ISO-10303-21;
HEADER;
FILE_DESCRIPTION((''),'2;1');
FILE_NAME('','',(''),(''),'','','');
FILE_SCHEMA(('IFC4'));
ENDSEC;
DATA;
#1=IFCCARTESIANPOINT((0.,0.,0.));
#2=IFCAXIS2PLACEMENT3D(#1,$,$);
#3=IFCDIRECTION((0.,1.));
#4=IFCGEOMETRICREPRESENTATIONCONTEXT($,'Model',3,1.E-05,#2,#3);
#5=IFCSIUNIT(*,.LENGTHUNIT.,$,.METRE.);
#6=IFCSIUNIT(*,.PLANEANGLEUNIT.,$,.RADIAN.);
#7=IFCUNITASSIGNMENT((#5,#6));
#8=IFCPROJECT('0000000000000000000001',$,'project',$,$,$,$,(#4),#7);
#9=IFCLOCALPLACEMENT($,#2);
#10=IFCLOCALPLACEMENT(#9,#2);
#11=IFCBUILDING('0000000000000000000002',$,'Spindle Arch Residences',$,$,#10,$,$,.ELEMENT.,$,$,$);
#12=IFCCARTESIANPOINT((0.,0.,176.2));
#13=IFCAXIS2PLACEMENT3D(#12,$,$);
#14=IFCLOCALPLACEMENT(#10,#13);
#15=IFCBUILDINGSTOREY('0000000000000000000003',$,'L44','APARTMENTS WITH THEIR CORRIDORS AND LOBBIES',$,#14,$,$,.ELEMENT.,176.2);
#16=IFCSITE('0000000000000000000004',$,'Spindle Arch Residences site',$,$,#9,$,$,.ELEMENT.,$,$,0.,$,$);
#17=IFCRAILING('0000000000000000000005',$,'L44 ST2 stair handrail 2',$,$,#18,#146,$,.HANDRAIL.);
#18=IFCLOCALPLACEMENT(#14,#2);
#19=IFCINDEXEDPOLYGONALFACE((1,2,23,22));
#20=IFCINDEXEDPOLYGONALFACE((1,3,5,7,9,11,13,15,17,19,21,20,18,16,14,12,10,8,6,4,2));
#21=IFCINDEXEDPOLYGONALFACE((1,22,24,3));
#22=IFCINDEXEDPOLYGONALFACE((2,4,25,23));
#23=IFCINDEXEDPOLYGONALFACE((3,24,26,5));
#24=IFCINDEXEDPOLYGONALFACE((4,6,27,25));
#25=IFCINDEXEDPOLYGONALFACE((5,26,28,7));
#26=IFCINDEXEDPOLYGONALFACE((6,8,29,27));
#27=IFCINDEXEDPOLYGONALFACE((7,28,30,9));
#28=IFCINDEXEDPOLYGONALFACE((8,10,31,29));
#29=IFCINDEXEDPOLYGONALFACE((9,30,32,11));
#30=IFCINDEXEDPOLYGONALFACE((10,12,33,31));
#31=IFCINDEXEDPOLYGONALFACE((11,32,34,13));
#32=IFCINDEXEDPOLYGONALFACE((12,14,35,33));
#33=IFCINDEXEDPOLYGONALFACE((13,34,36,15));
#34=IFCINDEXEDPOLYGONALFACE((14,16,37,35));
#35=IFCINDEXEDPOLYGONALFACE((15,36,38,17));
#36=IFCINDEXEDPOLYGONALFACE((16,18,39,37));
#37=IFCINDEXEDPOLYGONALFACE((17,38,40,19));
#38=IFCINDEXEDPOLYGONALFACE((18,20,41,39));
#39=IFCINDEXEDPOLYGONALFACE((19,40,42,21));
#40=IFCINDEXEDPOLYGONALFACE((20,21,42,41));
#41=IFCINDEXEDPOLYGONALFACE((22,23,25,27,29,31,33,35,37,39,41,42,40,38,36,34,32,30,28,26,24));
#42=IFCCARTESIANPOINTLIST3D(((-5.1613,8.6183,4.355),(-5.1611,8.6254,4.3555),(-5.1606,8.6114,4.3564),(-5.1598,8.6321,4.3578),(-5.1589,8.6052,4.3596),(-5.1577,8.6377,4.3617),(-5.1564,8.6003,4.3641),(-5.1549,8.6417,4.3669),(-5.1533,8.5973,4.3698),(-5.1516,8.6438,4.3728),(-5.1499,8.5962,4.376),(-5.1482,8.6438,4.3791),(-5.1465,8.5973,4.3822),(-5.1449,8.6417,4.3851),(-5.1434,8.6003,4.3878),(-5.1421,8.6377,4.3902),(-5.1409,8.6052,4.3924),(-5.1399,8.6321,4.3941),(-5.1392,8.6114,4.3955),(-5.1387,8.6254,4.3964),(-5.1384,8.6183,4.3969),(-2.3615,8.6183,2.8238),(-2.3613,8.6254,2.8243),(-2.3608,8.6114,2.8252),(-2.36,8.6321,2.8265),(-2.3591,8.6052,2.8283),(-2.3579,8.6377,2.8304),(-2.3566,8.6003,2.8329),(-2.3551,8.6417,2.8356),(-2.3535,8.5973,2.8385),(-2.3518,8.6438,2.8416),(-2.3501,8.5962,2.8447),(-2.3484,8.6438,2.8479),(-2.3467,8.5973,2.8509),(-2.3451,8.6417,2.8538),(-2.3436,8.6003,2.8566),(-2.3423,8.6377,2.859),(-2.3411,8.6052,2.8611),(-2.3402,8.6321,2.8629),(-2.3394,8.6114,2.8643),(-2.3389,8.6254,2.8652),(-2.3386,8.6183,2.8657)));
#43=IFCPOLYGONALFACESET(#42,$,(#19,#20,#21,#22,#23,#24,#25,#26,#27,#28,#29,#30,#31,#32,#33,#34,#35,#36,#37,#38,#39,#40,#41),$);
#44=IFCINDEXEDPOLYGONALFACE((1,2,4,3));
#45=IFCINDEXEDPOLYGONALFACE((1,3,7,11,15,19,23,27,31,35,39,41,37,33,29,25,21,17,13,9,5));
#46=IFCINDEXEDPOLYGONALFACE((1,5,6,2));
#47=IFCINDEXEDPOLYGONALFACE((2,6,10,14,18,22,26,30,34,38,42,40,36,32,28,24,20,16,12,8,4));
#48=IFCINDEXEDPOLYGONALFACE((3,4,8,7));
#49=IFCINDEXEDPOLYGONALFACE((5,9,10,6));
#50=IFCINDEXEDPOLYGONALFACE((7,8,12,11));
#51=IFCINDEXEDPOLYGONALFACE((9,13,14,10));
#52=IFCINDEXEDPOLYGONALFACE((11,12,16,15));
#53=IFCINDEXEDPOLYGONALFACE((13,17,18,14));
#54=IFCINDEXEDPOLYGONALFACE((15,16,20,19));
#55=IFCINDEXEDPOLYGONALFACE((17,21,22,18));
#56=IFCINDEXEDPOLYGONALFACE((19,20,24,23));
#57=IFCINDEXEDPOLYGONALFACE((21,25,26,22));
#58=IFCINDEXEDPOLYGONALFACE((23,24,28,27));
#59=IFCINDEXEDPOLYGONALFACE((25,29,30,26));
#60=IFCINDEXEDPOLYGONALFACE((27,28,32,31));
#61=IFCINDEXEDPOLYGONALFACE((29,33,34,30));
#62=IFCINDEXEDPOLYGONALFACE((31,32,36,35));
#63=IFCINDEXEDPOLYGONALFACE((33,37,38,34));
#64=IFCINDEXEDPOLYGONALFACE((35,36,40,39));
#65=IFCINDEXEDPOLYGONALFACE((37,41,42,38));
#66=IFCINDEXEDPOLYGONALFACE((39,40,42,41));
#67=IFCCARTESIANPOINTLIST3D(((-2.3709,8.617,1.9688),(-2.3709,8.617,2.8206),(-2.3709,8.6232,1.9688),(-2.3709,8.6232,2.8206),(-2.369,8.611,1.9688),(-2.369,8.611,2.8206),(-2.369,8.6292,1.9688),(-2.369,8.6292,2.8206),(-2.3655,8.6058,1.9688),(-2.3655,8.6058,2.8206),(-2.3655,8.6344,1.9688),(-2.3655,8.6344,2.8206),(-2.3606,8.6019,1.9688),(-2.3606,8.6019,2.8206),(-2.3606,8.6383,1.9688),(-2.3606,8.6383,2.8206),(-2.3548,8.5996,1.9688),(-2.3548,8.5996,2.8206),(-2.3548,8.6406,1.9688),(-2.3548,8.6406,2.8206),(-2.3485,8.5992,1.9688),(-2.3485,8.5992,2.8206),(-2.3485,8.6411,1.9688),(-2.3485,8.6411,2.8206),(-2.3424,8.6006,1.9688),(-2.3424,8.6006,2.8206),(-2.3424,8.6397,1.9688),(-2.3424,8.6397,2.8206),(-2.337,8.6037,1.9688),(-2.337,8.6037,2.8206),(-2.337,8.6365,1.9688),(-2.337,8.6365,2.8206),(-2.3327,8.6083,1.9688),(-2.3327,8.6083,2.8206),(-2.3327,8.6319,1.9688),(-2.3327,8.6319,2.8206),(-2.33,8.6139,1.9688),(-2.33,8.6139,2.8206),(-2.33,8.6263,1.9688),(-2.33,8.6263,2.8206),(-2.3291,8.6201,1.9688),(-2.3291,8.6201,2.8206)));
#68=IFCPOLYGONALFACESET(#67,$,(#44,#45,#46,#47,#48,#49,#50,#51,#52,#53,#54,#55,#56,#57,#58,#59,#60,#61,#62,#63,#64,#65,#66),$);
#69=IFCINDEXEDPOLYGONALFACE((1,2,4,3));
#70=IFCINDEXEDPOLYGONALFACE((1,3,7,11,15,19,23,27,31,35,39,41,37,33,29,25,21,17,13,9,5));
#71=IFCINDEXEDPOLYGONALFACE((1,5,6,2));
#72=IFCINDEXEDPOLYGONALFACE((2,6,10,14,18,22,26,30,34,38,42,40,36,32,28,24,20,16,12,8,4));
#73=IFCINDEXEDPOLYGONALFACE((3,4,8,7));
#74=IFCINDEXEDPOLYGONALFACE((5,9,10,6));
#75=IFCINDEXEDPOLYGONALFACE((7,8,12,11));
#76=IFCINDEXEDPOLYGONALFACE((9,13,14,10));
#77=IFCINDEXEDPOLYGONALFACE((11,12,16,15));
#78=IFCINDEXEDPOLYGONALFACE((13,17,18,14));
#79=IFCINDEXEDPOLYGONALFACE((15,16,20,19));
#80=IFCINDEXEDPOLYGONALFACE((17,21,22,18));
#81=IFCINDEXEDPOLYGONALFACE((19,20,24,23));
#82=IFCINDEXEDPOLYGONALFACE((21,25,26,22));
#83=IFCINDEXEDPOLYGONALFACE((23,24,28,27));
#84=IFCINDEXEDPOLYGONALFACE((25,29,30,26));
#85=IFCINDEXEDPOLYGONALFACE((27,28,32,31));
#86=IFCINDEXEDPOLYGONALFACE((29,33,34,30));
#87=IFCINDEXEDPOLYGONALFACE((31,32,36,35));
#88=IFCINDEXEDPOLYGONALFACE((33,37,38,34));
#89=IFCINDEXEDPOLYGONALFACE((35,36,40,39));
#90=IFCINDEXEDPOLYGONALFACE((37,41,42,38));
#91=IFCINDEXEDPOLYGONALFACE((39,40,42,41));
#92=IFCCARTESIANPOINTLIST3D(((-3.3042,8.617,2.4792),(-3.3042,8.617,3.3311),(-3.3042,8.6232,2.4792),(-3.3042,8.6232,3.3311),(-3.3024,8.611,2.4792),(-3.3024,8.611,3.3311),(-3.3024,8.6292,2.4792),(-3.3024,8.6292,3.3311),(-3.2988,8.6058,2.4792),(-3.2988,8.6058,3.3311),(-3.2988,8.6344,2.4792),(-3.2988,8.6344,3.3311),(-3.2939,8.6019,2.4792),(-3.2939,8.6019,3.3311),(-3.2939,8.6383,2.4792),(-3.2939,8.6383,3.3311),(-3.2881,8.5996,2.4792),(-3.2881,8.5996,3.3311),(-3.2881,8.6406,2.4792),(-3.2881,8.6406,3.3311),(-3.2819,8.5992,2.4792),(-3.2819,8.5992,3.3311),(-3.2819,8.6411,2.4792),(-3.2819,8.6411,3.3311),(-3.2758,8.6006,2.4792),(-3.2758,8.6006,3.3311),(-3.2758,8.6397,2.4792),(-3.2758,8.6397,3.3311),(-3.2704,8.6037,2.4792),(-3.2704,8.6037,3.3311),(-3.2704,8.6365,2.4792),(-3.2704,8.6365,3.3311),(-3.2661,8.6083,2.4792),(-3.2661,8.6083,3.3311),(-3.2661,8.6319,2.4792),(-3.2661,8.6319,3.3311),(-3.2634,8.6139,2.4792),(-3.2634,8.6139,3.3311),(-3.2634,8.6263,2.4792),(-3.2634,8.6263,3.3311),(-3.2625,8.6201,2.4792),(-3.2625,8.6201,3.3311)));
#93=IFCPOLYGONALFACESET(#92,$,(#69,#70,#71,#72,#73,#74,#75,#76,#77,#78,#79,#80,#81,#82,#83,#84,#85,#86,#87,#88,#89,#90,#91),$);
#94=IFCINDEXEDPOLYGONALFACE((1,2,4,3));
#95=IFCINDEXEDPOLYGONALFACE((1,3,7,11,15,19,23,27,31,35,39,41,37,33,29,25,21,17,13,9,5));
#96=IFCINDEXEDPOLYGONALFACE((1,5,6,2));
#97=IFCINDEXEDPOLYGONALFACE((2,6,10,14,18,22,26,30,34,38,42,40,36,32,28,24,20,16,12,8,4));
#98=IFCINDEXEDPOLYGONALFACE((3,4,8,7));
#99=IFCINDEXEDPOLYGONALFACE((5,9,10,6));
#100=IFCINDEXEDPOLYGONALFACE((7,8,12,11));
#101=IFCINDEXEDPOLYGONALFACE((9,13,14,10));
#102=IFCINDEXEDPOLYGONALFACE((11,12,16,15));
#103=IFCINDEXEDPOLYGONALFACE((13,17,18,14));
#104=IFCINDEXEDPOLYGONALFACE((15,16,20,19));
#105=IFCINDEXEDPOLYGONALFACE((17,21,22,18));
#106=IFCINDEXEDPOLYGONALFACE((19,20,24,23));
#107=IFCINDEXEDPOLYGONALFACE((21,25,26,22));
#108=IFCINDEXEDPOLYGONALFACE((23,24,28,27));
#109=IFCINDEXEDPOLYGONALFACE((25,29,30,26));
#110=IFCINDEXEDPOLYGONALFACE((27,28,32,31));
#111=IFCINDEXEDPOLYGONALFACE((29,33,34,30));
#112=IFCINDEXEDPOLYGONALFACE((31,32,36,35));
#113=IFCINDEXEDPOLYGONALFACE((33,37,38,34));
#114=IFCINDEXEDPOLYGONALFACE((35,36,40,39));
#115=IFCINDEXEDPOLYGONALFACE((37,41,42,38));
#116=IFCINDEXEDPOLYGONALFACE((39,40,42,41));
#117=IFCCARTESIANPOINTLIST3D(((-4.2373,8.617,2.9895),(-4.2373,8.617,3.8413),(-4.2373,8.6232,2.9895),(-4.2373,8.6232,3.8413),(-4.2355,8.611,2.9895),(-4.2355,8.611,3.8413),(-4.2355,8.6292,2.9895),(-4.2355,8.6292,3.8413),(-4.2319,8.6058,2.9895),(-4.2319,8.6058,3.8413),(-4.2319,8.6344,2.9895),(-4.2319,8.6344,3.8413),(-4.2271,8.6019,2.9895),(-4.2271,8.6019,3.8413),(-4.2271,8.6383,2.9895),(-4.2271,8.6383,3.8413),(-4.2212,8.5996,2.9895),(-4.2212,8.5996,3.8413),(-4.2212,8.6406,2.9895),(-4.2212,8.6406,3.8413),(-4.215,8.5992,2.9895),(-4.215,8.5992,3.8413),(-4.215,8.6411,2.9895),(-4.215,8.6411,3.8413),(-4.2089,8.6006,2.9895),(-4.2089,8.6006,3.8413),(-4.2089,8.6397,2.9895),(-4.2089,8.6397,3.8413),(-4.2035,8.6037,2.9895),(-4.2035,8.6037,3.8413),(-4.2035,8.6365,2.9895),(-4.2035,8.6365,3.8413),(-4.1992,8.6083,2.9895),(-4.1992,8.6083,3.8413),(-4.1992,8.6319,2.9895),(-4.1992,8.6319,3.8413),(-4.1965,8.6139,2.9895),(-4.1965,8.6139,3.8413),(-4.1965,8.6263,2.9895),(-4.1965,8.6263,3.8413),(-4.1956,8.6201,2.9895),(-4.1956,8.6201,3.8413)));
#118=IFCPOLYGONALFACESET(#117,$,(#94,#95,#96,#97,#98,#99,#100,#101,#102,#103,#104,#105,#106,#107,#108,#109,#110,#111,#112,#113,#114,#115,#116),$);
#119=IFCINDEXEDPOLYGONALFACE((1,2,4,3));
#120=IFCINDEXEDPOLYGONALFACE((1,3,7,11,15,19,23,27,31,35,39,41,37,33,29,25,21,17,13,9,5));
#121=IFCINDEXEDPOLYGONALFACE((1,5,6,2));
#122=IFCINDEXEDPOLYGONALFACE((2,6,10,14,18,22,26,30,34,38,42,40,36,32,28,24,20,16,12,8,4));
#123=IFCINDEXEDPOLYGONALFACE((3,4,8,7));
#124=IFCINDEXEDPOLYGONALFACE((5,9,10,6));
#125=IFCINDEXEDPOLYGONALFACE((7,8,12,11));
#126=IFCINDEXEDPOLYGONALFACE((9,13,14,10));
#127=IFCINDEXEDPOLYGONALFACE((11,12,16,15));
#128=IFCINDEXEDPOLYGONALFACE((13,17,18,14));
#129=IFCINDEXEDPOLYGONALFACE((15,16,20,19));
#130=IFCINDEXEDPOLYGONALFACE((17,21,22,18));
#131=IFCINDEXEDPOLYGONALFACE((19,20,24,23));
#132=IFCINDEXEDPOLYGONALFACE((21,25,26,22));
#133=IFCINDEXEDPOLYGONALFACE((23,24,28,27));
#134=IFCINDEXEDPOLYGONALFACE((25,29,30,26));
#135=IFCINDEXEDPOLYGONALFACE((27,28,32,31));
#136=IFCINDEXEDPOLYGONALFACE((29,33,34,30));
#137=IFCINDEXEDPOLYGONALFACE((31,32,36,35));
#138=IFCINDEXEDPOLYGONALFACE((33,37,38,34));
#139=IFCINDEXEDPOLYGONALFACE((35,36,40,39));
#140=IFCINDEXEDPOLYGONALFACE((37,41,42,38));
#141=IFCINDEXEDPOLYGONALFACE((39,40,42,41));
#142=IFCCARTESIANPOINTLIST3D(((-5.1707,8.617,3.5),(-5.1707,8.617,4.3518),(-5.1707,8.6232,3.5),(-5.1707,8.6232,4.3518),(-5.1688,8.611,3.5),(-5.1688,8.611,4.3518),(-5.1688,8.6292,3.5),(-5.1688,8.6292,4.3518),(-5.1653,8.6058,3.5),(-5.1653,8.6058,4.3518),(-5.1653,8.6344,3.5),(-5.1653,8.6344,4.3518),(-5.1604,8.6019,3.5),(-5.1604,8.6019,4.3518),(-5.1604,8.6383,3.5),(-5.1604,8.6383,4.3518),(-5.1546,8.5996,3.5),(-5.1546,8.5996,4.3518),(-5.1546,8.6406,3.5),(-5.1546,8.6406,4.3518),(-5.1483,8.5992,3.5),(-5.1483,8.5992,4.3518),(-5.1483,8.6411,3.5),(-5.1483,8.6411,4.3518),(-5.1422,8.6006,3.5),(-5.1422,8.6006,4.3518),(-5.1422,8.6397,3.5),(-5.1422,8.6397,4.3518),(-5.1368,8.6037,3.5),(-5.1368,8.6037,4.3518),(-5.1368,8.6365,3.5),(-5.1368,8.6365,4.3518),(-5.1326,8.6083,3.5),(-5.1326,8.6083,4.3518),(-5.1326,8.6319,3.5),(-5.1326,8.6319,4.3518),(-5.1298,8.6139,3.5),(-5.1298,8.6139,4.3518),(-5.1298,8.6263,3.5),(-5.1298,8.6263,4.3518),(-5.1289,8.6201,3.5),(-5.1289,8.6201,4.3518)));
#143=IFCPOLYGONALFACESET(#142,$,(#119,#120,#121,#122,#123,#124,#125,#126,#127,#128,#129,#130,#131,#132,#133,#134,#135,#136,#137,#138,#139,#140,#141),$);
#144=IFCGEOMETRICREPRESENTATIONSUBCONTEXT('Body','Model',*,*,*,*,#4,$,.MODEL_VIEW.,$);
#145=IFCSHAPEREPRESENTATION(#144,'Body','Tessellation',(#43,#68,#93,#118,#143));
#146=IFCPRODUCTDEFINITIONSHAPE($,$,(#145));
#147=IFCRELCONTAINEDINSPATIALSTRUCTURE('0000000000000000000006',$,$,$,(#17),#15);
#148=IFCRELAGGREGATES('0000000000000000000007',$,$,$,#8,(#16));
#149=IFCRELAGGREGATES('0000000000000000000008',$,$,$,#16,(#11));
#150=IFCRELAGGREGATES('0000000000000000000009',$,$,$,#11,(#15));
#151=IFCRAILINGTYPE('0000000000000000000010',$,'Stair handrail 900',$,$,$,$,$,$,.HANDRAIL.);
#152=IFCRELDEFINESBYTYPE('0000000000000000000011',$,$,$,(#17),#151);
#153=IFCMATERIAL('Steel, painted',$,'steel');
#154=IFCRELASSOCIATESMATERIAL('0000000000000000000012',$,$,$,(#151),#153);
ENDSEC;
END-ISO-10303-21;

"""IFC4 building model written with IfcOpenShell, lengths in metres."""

from ifc_helpers import new_model, si_unit, direction, frame, origin, origin_2d, place, context, subcontext, project, spatial, circle, extrude, material, type_object, element, save


model = new_model("IFC4")

# Units and contexts
model_context = context("Model", 3, precision=1e-05, world=origin(), true_north=direction((0.0, 1.0)))
body_context = subcontext(model_context, "Body", "Model", "MODEL_VIEW")
ifc_project = project(units=[si_unit("LENGTHUNIT", "METRE"), si_unit("PLANEANGLEUNIT", "RADIAN")], contexts=[model_context])

# Site, building, storey
site_placement = place(None, origin())
site = spatial("IfcSite", under=ifc_project, at=site_placement, Name="Spindle Arch Residences site", CompositionType="ELEMENT", RefElevation=0.0)
building_placement = place(site_placement, origin())
building = spatial("IfcBuilding", under=site, at=building_placement, Name="Spindle Arch Residences", CompositionType="ELEMENT")
storey_placement = place(building_placement, frame((0.0, 0.0, 176.2)))
storey = spatial("IfcBuildingStorey", under=building, at=storey_placement, Name="L44", Description="APARTMENTS WITH THEIR CORRIDORS AND LOBBIES", CompositionType="ELEMENT", Elevation=176.2)

# Railing
ifc_material_1 = material(Name="Steel, painted", Category="steel")
railing_type_1 = type_object("IfcRailingType", Name="Stair handrail 900", PredefinedType="HANDRAIL", material=ifc_material_1)
railing_1_placement = place(storey_placement, frame((-2.3501, 8.6201, 1.9688)))
element("IfcRailing", 1, at=railing_1_placement, inside=storey, type_object=railing_type_1, Name="L44 ST2 stair handrail 2", PredefinedType="HANDRAIL", context=body_context, shape_type="SweptSolid", body=[
    extrude(circle(Radius=0.0239, at=origin_2d()), frame((0.0, 0.0, 0.876), z_axis=(-0.877357, 0.0, 0.479838), x_axis=(0.0, -1.0, 0.0)), (0.0, 0.0, 1.0), 3.1912),
    extrude(circle(Radius=0.021, at=origin_2d()), origin(), (0.0, 0.0, 1.0), 0.8518),
    extrude(circle(Radius=0.021, at=origin_2d()), frame((-0.9333, 0.0, 0.5105)), (0.0, 0.0, 1.0), 0.8518),
    extrude(circle(Radius=0.021, at=origin_2d()), frame((-1.8665, 0.0, 1.0208)), (0.0, 0.0, 1.0), 0.8518),
    extrude(circle(Radius=0.021, at=origin_2d()), frame((-2.7998, 0.0, 1.5312)), (0.0, 0.0, 1.0), 0.8518),
])

save(model, "model.ifc")
